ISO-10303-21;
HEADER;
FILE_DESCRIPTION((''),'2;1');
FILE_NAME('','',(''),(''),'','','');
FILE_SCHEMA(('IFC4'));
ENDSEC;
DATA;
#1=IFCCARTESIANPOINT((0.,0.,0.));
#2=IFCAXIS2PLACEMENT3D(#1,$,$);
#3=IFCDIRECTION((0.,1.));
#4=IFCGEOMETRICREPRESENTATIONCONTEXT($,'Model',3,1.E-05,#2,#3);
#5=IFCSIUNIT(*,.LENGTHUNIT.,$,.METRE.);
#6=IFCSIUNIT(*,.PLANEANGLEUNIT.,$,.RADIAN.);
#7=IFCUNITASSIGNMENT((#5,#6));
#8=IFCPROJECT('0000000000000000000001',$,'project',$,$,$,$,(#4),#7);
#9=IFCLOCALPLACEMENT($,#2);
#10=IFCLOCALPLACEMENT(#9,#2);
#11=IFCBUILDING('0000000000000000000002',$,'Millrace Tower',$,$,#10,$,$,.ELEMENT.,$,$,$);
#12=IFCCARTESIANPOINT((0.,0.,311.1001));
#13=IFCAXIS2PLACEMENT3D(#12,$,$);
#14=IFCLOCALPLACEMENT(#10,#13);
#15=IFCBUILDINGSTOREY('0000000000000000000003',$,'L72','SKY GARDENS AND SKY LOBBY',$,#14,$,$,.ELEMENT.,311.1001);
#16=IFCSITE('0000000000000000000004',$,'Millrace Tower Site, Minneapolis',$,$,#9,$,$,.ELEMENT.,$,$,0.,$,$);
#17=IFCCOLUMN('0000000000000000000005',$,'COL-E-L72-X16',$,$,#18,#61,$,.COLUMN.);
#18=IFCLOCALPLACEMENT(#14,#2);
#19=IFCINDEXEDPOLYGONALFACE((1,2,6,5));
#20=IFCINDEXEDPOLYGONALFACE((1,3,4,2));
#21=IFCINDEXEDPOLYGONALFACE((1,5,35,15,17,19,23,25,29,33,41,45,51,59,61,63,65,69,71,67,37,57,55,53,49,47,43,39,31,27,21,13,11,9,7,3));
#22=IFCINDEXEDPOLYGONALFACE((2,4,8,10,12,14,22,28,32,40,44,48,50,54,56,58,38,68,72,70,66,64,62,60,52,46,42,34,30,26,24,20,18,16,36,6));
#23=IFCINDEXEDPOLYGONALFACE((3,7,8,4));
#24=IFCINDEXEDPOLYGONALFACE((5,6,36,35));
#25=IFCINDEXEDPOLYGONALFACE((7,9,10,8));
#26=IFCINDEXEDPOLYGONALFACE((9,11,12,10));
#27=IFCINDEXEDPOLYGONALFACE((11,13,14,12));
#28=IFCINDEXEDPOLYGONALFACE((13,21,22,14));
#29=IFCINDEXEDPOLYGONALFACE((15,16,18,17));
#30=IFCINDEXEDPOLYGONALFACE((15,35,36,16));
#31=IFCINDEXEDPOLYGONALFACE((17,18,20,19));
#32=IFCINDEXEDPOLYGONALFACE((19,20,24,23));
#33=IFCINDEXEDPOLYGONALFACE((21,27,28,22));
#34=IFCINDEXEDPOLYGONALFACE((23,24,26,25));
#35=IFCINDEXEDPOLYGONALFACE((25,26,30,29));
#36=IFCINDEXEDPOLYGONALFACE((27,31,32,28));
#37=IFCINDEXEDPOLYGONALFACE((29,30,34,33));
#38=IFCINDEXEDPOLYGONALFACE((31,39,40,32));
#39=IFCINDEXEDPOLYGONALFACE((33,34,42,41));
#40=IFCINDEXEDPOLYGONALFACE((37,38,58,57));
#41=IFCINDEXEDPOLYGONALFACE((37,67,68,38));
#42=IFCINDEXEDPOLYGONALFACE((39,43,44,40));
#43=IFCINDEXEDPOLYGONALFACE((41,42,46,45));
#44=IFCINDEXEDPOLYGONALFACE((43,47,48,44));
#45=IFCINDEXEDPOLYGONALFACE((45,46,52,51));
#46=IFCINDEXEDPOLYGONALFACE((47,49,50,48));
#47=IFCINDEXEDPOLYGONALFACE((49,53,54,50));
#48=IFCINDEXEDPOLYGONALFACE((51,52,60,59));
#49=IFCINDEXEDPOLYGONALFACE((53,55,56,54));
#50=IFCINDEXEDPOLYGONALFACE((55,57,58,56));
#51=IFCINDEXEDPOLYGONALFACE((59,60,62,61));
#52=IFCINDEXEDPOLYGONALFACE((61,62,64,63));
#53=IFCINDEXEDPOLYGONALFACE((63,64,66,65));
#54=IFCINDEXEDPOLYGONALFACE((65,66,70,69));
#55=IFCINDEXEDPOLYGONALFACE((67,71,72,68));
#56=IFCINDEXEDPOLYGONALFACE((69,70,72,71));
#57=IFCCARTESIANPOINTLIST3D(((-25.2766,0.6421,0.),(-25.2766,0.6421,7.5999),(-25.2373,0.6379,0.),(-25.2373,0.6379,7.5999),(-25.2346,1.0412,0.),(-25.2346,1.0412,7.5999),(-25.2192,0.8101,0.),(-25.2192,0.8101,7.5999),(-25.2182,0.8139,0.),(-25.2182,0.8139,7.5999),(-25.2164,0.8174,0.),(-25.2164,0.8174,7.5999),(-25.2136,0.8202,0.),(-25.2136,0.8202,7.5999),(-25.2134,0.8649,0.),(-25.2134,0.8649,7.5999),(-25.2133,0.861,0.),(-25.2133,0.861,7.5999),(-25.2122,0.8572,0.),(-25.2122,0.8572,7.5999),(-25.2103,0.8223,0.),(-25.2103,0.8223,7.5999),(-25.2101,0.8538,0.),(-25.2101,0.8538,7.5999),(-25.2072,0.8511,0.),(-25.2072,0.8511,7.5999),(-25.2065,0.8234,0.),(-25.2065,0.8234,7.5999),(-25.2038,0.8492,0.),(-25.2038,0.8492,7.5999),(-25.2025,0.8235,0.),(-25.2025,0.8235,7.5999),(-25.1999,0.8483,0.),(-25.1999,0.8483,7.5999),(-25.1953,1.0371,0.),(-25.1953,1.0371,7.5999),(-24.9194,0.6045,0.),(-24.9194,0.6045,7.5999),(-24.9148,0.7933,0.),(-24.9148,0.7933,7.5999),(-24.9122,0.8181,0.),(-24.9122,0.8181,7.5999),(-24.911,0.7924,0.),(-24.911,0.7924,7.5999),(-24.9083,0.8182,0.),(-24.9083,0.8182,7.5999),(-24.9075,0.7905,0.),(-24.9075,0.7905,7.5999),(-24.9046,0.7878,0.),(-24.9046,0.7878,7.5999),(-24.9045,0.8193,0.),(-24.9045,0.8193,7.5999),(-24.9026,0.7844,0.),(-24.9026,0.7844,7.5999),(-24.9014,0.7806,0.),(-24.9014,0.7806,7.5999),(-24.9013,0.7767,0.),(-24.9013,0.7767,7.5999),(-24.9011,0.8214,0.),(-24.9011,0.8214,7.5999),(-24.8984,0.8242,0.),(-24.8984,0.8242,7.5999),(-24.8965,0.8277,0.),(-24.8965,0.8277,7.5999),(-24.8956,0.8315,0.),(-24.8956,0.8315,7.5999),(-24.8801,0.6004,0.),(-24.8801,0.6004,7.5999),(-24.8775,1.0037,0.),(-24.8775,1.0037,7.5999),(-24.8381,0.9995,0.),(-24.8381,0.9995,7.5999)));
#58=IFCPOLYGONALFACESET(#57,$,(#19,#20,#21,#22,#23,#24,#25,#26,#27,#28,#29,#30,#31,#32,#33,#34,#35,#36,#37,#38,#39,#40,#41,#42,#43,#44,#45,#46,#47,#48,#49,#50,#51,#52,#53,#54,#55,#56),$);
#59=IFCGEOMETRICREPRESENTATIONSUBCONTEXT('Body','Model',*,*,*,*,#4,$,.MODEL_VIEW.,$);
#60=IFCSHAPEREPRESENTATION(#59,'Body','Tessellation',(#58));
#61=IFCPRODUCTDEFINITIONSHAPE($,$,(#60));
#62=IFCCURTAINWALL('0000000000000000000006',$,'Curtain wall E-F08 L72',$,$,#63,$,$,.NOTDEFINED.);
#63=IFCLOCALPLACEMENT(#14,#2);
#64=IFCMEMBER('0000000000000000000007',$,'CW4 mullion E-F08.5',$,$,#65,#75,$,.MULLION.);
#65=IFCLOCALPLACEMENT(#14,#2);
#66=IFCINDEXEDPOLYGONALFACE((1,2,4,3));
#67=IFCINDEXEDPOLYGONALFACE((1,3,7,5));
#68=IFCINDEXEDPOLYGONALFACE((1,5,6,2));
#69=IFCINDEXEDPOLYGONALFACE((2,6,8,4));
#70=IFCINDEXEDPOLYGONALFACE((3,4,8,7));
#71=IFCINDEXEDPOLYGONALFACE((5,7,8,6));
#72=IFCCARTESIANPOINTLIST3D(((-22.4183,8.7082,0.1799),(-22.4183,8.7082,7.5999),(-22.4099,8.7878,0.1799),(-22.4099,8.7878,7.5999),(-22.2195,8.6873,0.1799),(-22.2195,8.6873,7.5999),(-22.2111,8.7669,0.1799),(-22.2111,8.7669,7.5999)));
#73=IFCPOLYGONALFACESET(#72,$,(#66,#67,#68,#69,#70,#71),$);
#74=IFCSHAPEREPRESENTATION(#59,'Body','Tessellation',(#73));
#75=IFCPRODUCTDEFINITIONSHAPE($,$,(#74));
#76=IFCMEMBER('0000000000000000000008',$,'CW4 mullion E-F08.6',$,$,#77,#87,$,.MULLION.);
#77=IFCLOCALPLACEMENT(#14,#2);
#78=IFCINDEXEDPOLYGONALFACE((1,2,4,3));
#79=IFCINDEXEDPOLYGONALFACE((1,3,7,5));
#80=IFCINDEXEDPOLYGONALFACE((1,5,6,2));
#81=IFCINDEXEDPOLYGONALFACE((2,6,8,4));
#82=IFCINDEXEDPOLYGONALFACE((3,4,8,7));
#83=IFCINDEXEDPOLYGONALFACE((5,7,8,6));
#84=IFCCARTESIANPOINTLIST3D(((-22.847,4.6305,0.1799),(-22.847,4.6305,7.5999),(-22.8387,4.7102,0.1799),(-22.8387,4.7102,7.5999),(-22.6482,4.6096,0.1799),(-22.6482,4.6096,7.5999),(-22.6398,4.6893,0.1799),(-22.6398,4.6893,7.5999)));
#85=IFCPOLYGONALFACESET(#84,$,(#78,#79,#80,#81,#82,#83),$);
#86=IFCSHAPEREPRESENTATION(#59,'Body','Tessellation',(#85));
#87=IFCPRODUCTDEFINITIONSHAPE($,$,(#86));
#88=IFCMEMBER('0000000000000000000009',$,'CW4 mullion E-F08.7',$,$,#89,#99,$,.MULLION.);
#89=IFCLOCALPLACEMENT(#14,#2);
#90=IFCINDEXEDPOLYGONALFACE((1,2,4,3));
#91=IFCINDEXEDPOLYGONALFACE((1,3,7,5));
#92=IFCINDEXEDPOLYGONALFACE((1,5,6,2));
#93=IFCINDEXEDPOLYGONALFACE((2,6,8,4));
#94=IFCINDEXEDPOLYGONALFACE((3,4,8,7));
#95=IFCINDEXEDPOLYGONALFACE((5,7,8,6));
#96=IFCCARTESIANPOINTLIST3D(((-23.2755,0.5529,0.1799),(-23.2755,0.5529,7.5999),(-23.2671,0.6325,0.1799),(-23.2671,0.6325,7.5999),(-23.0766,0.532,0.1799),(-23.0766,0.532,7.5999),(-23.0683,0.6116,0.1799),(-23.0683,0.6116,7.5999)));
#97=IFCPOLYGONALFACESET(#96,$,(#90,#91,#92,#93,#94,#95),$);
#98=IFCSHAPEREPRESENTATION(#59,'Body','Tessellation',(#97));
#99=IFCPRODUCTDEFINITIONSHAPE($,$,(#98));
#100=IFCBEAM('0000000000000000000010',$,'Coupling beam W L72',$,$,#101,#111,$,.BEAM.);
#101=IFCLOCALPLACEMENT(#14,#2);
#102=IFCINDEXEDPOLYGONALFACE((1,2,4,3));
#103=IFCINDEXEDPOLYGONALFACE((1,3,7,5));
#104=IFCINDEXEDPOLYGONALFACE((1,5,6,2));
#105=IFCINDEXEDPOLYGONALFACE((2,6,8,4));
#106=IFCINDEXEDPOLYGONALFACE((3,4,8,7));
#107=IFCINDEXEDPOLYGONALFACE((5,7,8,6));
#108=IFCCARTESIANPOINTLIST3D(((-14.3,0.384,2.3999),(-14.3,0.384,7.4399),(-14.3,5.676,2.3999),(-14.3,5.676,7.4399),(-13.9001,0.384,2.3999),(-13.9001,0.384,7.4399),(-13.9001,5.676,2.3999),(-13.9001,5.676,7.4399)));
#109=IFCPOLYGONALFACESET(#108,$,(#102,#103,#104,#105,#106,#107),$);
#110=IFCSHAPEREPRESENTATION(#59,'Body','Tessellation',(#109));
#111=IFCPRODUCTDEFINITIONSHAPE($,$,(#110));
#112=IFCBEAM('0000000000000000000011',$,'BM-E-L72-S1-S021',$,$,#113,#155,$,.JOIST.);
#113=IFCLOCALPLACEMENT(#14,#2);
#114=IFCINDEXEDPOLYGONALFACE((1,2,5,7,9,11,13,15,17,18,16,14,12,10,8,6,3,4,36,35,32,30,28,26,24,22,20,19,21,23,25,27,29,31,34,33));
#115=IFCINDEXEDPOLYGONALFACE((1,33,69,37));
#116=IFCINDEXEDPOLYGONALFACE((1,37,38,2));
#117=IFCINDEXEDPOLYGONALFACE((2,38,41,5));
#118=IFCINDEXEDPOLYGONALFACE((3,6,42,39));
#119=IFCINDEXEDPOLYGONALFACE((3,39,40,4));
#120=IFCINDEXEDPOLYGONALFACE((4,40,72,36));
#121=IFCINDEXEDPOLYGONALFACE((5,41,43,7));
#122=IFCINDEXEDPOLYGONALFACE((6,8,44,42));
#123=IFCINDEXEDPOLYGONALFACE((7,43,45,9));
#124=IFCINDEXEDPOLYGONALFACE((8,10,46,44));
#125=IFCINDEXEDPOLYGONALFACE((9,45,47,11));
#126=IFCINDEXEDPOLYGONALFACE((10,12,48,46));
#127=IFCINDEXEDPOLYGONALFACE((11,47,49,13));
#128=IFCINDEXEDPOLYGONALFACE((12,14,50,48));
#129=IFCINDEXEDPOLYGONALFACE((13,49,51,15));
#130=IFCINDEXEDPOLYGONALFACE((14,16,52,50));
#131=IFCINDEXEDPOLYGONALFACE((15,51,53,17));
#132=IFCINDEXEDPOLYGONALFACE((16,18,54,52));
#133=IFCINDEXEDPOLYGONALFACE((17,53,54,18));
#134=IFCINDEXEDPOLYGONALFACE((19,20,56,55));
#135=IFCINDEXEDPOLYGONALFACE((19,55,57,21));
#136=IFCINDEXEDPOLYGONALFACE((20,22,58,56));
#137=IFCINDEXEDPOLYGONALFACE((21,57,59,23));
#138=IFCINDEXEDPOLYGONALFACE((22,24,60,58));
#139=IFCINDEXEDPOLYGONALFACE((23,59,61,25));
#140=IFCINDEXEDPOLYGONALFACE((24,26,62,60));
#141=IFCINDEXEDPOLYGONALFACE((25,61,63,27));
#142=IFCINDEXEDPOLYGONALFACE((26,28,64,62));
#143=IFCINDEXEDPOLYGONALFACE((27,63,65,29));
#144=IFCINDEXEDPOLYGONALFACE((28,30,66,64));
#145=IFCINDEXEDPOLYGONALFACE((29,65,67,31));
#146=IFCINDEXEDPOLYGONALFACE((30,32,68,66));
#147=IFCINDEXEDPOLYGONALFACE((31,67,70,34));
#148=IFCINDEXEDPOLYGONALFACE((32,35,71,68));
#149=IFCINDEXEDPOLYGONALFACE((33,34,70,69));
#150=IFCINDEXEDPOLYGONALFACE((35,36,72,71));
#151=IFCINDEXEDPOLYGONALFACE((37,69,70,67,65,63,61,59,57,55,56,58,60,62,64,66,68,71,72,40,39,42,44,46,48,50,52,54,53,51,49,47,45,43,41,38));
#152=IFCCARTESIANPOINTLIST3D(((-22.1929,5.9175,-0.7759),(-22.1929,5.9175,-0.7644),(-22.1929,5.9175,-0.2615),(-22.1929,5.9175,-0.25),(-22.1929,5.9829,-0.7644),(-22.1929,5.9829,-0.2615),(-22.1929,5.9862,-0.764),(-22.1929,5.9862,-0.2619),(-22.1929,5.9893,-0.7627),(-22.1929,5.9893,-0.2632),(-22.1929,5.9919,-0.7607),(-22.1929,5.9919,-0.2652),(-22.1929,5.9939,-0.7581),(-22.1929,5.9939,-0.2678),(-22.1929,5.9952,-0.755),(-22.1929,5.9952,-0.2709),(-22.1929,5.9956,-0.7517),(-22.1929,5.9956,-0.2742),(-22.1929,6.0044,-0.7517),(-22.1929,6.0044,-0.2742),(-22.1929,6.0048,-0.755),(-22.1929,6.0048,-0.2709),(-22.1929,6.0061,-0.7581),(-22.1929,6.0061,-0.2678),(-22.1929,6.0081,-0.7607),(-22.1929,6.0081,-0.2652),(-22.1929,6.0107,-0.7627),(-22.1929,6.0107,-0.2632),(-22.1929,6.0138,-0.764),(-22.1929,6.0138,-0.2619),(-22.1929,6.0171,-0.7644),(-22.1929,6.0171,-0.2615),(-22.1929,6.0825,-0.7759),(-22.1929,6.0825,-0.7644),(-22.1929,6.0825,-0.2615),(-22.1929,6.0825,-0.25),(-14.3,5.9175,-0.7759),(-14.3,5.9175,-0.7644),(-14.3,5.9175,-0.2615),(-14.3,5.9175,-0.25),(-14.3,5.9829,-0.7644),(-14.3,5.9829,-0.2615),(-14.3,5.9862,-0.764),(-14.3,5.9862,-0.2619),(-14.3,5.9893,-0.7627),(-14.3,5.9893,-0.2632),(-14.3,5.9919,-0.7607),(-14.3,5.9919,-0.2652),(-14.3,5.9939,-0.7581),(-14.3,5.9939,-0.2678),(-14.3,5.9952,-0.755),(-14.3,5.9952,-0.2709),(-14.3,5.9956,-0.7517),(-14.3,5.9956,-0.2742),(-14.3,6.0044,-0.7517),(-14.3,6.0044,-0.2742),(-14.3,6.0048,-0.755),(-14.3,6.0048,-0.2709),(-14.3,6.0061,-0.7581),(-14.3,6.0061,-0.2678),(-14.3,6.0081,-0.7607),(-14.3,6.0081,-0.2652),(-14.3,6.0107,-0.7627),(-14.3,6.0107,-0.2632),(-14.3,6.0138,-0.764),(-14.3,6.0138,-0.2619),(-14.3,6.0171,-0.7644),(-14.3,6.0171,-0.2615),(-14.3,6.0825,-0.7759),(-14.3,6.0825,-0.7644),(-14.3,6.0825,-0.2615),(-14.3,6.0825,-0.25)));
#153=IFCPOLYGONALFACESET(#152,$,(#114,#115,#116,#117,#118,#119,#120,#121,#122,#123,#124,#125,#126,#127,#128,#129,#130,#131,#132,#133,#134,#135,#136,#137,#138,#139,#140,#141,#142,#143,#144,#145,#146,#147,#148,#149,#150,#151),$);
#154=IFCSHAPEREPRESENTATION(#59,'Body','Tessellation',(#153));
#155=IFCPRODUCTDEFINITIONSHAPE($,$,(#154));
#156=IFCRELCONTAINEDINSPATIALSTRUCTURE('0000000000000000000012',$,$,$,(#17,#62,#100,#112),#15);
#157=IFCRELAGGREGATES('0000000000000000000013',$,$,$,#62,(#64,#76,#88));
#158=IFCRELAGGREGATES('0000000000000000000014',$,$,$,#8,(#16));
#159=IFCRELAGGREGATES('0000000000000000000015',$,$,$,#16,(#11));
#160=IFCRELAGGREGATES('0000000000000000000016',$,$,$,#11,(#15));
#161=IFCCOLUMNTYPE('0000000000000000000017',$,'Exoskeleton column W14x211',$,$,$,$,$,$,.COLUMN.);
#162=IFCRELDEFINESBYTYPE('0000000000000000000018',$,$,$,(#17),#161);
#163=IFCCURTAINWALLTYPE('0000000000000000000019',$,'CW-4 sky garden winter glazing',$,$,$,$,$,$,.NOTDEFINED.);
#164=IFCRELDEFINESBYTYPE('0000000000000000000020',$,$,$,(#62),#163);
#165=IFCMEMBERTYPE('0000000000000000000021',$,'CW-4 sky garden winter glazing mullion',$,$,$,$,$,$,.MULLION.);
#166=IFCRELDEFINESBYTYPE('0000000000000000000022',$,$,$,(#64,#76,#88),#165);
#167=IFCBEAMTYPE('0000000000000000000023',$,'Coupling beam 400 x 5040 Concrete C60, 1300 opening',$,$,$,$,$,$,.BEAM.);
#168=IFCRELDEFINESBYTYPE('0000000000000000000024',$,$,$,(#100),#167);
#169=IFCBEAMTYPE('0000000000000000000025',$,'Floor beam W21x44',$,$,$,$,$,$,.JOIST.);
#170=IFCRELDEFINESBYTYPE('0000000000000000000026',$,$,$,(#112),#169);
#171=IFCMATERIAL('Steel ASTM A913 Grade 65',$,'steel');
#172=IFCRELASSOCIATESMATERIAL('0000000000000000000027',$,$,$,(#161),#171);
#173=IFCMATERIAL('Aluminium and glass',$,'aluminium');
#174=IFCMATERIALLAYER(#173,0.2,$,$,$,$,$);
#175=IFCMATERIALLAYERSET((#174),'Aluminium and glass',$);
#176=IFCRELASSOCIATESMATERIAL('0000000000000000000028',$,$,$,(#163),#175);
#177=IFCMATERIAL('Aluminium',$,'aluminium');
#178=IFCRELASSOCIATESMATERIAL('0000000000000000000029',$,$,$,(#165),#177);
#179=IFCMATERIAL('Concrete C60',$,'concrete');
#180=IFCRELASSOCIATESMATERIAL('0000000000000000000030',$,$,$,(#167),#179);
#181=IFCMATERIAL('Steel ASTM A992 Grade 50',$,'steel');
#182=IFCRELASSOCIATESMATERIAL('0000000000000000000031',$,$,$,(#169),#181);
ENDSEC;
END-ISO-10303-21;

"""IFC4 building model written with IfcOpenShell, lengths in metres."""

from ifc_helpers import new_model, si_unit, direction, frame, origin, origin_2d, place, context, subcontext, project, spatial, rectangle, i_section, extrude, material, layer, layer_set, material_profile, profile_set, type_object, element, aggregate, save


model = new_model("IFC4")

# Units and contexts
model_context = context("Model", 3, precision=1e-05, world=origin(), true_north=direction((0.0, 1.0)))
body_context = subcontext(model_context, "Body", "Model", "MODEL_VIEW")
ifc_project = project(units=[si_unit("LENGTHUNIT", "METRE"), si_unit("PLANEANGLEUNIT", "RADIAN")], contexts=[model_context])

# Site, building, storey
site_placement = place(None, origin())
site = spatial("IfcSite", under=ifc_project, at=site_placement, Name="Millrace Tower Site, Minneapolis", CompositionType="ELEMENT", RefElevation=0.0)
building_placement = place(site_placement, origin())
building = spatial("IfcBuilding", under=site, at=building_placement, Name="Millrace Tower", CompositionType="ELEMENT")
storey_placement = place(building_placement, frame((0.0, 0.0, 311.1001)))
storey = spatial("IfcBuildingStorey", under=building, at=storey_placement, Name="L72", Description="SKY GARDENS AND SKY LOBBY", CompositionType="ELEMENT", Elevation=311.1001)

# Column
ifc_material_1 = material(Name="Steel ASTM A913 Grade 65", Category="steel")
ifc_material_profile_1 = material_profile(ifc_material_1, i_section(OverallWidth=0.4014, OverallDepth=0.3987, WebThickness=0.0249, FlangeThickness=0.0396, FilletRadius=0.0151, at=origin_2d()))
ifc_profile_set_1 = profile_set([ifc_material_profile_1], Name="Steel ASTM A913 Grade 65")
column_type = type_object("IfcColumnType", Name="Exoskeleton column W14x211", PredefinedType="COLUMN", material=ifc_profile_set_1)
column_placement = place(storey_placement, frame((-25.0574, 0.8208, 0.0), z_axis=(0.0, 0.0, 1.0), x_axis=(-0.104528, -0.994522, 0.0)))
element("IfcColumn", 1, at=column_placement, inside=storey, type_object=column_type, Name="COL-E-L72-X16", PredefinedType="COLUMN", context=body_context, shape_type="SweptSolid", body=[
    extrude(i_section(OverallWidth=0.4014, OverallDepth=0.3987, WebThickness=0.0249, FlangeThickness=0.0396, FilletRadius=0.0151, at=origin_2d()), origin(), (0.0, 0.0, 1.0), 7.5999),
])

# Curtain wall, members
ifc_material_2 = material(Name="Aluminium and glass", Category="aluminium")
ifc_layer_1 = layer(ifc_material_2, 0.2)
ifc_layer_set_1 = layer_set([ifc_layer_1], Name="Aluminium and glass")
curtain_wall_type = type_object("IfcCurtainWallType", Name="CW-4 sky garden winter glazing", PredefinedType="NOTDEFINED", material=ifc_layer_set_1)
placement = place(storey_placement, origin())
curtain_wall = element("IfcCurtainWall", 2, at=placement, inside=storey, type_object=curtain_wall_type, Name="Curtain wall E-F08 L72", PredefinedType="NOTDEFINED")
ifc_material_3 = material(Name="Aluminium", Category="aluminium")
ifc_material_profile_2 = material_profile(ifc_material_3, rectangle(XDim=0.0801, YDim=0.2, at=origin_2d()))
ifc_profile_set_2 = profile_set([ifc_material_profile_2], Name="Aluminium")
member_type = type_object("IfcMemberType", Name="CW-4 sky garden winter glazing mullion", PredefinedType="MULLION", material=ifc_profile_set_2)
member_1_placement = place(storey_placement, frame((-22.3147, 8.7375, 0.1799), z_axis=(0.0, 0.0, 1.0), x_axis=(-0.104528, -0.994522, 0.0)))
member_1 = element("IfcMember", 3, at=member_1_placement, type_object=member_type, Name="CW4 mullion E-F08.5", PredefinedType="MULLION", context=body_context, shape_type="SweptSolid", body=[
    extrude(rectangle(XDim=0.0801, YDim=0.2, at=origin_2d()), origin(), (0.0, 0.0, 1.0), 7.4199),
])
member_2_placement = place(storey_placement, frame((-22.7434, 4.6599, 0.1799), z_axis=(0.0, 0.0, 1.0), x_axis=(-0.104528, -0.994522, 0.0)))
member_2 = element("IfcMember", 4, at=member_2_placement, type_object=member_type, Name="CW4 mullion E-F08.6", PredefinedType="MULLION", context=body_context, shape_type="SweptSolid", body=[
    extrude(rectangle(XDim=0.0801, YDim=0.2, at=origin_2d()), origin(), (0.0, 0.0, 1.0), 7.4199),
])
member_3_placement = place(storey_placement, frame((-23.1719, 0.5823, 0.1799), z_axis=(0.0, 0.0, 1.0), x_axis=(-0.104528, -0.994522, 0.0)))
member_3 = element("IfcMember", 5, at=member_3_placement, type_object=member_type, Name="CW4 mullion E-F08.7", PredefinedType="MULLION", context=body_context, shape_type="SweptSolid", body=[
    extrude(rectangle(XDim=0.0801, YDim=0.2, at=origin_2d()), origin(), (0.0, 0.0, 1.0), 7.4199),
])
aggregate(curtain_wall, [member_1, member_2, member_3])

# Beams
ifc_material_4 = material(Name="Concrete C60", Category="concrete")
ifc_material_profile_3 = material_profile(ifc_material_4, rectangle(XDim=0.3999, YDim=5.04, at=origin_2d()))
ifc_profile_set_3 = profile_set([ifc_material_profile_3], Name="Concrete C60")
beam_type_1 = type_object("IfcBeamType", Name="Coupling beam 400 x 5040 Concrete C60, 1300 opening", PredefinedType="BEAM", material=ifc_profile_set_3)
beam_1_placement = place(storey_placement, frame((-14.1001, 0.384, 4.9199), z_axis=(0.0, 1.0, 0.0), x_axis=(-1.0, 0.0, 0.0)))
element("IfcBeam", 6, at=beam_1_placement, inside=storey, type_object=beam_type_1, Name="Coupling beam W L72", PredefinedType="BEAM", context=body_context, shape_type="SweptSolid", body=[
    extrude(rectangle(XDim=0.3999, YDim=5.04, at=origin_2d()), origin(), (0.0, 0.0, 1.0), 5.292),
])
ifc_material_5 = material(Name="Steel ASTM A992 Grade 50", Category="steel")
ifc_material_profile_4 = material_profile(ifc_material_5, i_section(OverallWidth=0.165, OverallDepth=0.5259, WebThickness=0.0088, FlangeThickness=0.0115, FilletRadius=0.0127, at=origin_2d()))
ifc_profile_set_4 = profile_set([ifc_material_profile_4], Name="Steel ASTM A992 Grade 50")
beam_type_2 = type_object("IfcBeamType", Name="Floor beam W21x44", PredefinedType="JOIST", material=ifc_profile_set_4)
beam_2_placement = place(storey_placement, frame((-22.1929, 6.0, -0.5129), z_axis=(1.0, 0.0, 0.0), x_axis=(0.0, 1.0, 0.0)))
element("IfcBeam", 7, at=beam_2_placement, inside=storey, type_object=beam_type_2, Name="BM-E-L72-S1-S021", PredefinedType="JOIST", context=body_context, shape_type="SweptSolid", body=[
    extrude(i_section(OverallWidth=0.165, OverallDepth=0.5259, WebThickness=0.0088, FlangeThickness=0.0115, FilletRadius=0.0127, at=origin_2d()), origin(), (0.0, 0.0, 1.0), 7.8928),
])

save(model, "model.ifc")
